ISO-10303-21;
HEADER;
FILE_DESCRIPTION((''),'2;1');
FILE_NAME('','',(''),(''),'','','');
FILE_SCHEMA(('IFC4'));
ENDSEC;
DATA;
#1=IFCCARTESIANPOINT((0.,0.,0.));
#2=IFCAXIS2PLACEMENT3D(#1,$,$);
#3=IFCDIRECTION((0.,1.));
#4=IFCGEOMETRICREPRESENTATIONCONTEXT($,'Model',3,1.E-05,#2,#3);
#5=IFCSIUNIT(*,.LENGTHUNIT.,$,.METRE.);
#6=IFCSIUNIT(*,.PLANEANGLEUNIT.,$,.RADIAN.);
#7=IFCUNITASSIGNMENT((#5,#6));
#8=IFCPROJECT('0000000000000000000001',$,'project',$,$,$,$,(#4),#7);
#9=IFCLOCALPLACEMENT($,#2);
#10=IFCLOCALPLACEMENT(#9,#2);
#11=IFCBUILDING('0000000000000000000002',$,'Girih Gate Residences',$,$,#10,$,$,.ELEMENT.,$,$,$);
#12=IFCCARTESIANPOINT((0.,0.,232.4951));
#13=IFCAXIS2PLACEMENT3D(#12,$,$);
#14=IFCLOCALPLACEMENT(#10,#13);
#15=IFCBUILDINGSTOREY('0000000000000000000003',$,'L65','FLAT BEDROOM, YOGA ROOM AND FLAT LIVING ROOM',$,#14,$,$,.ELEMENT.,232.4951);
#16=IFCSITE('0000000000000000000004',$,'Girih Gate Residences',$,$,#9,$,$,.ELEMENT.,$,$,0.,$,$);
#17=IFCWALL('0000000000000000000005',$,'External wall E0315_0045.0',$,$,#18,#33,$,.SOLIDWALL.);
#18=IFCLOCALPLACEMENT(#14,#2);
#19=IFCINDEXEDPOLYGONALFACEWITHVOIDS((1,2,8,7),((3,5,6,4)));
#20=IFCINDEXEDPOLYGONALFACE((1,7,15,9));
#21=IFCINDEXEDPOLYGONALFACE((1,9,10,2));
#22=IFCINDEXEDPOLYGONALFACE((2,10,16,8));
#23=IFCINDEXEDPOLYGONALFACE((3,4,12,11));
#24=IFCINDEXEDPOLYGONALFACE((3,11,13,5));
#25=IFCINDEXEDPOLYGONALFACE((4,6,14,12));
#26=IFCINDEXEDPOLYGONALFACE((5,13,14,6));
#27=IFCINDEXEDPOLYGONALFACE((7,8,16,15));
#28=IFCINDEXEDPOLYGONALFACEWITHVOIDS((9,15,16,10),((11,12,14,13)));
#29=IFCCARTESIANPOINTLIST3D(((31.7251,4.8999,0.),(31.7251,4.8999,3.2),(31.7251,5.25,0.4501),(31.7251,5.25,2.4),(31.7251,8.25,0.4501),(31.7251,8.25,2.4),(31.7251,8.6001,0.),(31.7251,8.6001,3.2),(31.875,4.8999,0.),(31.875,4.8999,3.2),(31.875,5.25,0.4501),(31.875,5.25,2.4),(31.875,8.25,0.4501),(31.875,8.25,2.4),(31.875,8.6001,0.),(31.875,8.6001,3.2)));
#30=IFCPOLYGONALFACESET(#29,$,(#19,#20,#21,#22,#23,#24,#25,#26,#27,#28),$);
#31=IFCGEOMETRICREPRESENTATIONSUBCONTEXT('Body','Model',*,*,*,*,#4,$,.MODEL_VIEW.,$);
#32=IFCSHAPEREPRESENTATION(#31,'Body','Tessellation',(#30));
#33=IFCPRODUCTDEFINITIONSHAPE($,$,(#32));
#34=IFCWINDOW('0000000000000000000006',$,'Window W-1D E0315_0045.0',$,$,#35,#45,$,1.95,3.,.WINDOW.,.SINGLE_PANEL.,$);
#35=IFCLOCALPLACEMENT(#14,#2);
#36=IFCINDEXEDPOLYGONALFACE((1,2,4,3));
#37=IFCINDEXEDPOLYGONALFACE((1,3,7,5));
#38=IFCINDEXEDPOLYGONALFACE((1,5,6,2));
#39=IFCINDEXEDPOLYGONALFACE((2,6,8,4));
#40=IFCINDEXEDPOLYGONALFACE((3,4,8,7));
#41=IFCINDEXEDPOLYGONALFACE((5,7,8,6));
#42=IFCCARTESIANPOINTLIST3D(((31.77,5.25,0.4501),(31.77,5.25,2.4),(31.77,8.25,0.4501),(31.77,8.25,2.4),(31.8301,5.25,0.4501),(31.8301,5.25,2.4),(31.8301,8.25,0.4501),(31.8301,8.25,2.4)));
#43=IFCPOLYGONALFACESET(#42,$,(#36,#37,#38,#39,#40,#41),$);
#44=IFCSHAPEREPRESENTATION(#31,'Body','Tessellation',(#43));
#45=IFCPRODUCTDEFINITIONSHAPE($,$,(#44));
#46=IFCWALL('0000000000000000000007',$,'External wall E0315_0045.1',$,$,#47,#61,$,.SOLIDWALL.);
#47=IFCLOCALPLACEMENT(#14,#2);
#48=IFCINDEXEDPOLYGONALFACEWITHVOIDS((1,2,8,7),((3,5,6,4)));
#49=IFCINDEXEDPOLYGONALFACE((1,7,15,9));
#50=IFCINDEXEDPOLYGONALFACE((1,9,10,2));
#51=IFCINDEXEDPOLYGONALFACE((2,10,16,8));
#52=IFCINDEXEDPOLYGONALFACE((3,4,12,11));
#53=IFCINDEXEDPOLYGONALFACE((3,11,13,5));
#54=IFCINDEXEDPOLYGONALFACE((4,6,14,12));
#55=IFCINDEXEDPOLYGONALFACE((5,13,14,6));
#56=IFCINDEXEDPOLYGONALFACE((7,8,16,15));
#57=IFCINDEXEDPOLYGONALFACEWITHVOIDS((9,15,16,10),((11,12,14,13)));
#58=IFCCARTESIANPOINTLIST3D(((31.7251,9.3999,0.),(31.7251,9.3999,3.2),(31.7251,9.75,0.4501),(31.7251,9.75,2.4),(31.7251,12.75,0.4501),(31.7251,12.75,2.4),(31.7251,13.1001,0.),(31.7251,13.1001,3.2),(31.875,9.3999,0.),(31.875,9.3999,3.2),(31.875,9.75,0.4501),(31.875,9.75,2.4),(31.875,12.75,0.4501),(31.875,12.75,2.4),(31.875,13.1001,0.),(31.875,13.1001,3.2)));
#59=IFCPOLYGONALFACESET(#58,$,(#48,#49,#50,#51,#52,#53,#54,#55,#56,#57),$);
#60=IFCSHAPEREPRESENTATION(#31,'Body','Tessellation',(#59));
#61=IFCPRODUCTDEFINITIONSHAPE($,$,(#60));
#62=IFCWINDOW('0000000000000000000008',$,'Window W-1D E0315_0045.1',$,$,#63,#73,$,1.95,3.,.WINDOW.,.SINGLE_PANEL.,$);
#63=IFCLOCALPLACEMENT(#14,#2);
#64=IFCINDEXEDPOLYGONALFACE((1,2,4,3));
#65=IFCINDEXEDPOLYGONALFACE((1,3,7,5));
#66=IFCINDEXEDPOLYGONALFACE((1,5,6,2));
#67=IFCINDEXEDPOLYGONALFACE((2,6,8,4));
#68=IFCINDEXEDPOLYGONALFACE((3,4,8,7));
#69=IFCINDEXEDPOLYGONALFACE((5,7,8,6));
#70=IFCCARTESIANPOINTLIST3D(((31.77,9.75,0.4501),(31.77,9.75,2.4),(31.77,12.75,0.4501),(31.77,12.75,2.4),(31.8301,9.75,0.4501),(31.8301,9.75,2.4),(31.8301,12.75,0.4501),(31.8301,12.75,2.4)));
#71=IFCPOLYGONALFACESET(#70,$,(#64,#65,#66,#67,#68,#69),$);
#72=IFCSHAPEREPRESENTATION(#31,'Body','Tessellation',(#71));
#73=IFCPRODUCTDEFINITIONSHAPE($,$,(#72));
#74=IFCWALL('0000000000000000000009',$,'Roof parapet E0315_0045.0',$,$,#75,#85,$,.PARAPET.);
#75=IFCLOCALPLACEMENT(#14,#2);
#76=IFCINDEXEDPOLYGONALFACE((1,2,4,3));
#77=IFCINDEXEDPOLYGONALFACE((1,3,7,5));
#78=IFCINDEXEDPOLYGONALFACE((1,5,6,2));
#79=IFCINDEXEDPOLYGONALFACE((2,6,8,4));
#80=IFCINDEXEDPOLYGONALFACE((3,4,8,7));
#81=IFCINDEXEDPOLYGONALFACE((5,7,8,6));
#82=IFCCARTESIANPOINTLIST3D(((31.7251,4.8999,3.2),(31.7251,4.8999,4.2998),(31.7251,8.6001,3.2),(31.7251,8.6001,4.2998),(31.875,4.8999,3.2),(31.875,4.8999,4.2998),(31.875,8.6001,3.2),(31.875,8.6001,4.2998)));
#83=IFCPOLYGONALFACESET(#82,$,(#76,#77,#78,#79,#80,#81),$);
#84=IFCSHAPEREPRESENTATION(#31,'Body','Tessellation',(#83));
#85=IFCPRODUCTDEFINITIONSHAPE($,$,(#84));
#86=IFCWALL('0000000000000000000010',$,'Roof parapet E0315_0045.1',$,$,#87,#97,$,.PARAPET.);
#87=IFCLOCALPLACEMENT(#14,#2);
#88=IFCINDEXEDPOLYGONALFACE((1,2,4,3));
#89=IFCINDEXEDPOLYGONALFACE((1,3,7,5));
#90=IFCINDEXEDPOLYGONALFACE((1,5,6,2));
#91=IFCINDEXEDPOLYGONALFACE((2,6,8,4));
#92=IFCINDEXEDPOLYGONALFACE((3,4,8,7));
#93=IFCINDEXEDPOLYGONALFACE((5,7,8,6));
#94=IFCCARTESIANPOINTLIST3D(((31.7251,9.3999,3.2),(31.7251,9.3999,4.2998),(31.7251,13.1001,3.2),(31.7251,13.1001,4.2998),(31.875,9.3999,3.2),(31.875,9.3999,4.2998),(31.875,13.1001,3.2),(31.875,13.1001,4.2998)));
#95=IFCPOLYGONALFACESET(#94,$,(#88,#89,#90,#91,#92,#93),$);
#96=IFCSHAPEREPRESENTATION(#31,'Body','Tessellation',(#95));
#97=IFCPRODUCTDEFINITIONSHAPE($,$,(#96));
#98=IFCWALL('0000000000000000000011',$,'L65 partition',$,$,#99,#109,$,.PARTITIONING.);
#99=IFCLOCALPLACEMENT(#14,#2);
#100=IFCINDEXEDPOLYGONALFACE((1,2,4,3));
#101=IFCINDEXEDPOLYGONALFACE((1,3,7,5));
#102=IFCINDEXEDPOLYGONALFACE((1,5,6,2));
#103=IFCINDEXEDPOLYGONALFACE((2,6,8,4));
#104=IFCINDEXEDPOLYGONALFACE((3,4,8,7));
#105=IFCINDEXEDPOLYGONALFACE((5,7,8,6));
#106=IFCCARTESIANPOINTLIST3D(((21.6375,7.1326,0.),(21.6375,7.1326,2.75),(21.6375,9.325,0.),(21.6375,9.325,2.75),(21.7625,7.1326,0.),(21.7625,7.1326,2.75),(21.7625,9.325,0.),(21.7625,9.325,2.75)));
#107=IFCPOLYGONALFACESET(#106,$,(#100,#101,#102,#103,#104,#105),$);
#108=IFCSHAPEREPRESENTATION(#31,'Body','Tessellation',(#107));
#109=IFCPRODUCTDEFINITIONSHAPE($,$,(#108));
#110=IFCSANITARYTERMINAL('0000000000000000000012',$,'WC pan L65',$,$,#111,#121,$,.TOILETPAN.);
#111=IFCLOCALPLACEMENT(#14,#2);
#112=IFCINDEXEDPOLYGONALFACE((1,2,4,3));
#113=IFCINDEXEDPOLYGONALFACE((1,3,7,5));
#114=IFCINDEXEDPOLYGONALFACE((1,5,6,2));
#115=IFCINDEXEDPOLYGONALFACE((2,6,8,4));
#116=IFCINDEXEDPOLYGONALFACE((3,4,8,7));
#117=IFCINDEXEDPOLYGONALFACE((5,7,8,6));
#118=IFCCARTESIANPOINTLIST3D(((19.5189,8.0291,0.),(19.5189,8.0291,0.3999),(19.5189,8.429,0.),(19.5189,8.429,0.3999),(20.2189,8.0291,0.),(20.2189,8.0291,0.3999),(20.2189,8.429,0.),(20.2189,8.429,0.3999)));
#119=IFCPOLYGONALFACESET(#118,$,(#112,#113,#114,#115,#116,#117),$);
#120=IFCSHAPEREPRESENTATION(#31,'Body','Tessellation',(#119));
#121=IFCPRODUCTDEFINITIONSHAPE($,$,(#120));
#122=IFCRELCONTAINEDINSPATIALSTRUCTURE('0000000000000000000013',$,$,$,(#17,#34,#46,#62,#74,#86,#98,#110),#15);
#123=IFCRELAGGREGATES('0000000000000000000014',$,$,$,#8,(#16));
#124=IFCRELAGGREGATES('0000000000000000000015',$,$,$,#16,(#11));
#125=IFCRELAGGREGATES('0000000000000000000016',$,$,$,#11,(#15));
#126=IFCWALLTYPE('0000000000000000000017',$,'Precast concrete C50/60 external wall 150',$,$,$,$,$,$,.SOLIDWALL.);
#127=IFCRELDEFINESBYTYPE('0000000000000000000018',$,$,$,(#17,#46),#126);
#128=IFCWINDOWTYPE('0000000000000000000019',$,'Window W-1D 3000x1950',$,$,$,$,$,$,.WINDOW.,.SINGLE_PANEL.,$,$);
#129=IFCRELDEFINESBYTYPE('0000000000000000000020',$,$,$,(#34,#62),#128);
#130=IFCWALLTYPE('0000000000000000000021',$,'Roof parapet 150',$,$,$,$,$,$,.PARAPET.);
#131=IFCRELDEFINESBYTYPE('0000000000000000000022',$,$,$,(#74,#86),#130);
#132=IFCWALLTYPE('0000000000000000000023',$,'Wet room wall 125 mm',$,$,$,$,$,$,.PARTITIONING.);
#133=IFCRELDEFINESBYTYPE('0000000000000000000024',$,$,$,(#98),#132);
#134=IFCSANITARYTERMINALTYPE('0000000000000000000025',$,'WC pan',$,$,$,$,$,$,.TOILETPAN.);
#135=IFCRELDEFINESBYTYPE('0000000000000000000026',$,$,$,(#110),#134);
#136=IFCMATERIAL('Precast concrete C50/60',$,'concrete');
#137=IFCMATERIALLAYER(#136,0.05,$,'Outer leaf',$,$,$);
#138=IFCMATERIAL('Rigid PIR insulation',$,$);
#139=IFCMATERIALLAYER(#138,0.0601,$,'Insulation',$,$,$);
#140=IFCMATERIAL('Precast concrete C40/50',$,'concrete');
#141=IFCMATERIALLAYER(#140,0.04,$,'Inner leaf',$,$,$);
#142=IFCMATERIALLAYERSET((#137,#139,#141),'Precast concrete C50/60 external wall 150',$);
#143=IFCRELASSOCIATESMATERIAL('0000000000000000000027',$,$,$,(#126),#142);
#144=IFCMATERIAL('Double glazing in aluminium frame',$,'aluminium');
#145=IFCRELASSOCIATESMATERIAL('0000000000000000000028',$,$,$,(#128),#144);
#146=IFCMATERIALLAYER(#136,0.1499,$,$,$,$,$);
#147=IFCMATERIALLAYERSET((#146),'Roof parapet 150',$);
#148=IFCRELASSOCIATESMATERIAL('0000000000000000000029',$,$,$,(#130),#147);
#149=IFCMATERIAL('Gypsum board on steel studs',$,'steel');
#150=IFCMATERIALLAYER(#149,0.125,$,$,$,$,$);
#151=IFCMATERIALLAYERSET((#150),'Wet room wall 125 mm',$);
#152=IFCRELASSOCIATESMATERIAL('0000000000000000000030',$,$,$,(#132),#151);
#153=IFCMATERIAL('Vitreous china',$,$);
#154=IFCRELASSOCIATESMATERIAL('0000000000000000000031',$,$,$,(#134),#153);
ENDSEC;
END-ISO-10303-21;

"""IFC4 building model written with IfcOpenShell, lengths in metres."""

from ifc_helpers import new_model, si_unit, direction, frame, frame_2d, origin, origin_2d, place, context, subcontext, project, spatial, rectangle, extrude, material, layer, layer_set, type_object, element, fill, save


model = new_model("IFC4")

# Units and contexts
model_context = context("Model", 3, precision=1e-05, world=origin(), true_north=direction((0.0, 1.0)))
body_context = subcontext(model_context, "Body", "Model", "MODEL_VIEW")
ifc_project = project(units=[si_unit("LENGTHUNIT", "METRE"), si_unit("PLANEANGLEUNIT", "RADIAN")], contexts=[model_context])

# Site, building, storey
site_placement = place(None, origin())
site = spatial("IfcSite", under=ifc_project, at=site_placement, Name="Girih Gate Residences", CompositionType="ELEMENT", RefElevation=0.0)
building_placement = place(site_placement, origin())
building = spatial("IfcBuilding", under=site, at=building_placement, Name="Girih Gate Residences", CompositionType="ELEMENT")
storey_placement = place(building_placement, frame((0.0, 0.0, 232.4951)))
storey = spatial("IfcBuildingStorey", under=building, at=storey_placement, Name="L65", Description="FLAT BEDROOM, YOGA ROOM AND FLAT LIVING ROOM", CompositionType="ELEMENT", Elevation=232.4951)

# Shared definitions
ifc_material_1 = material(Name="Gypsum board on steel studs", Category="steel")

# Walls, openings, windows
ifc_material_2 = material(Name="Precast concrete C50/60", Category="concrete")
ifc_layer_1 = layer(ifc_material_2, 0.05, Name="Outer leaf")
ifc_material_3 = material(Name="Rigid PIR insulation")
ifc_layer_2 = layer(ifc_material_3, 0.0601, Name="Insulation")
ifc_material_4 = material(Name="Precast concrete C40/50", Category="concrete")
ifc_layer_3 = layer(ifc_material_4, 0.04, Name="Inner leaf")
ifc_layer_set_1 = layer_set([ifc_layer_1, ifc_layer_2, ifc_layer_3], Name="Precast concrete C50/60 external wall 150")
wall_type_1 = type_object("IfcWallType", Name="Precast concrete C50/60 external wall 150", PredefinedType="SOLIDWALL", material=ifc_layer_set_1)
wall_1_placement = place(storey_placement, frame((31.8, 8.6001, 0.0), z_axis=(0.0, 0.0, 1.0), x_axis=(0.0, -1.0, 0.0)))
wall_1 = element("IfcWall", 1, at=wall_1_placement, inside=storey, type_object=wall_type_1, Name="External wall E0315_0045.0", PredefinedType="SOLIDWALL", context=body_context, shape_type="SweptSolid", body=[
    extrude(rectangle(XDim=3.7002, YDim=0.1499, at=frame_2d((1.8501, 0.0))), origin(), (0.0, 0.0, 1.0), 3.2),
])
opening_1_placement = place(wall_1_placement, frame((0.3501, 0.0, 0.45)))
opening_1 = element("IfcOpeningElement", 2, at=opening_1_placement, cuts=wall_1, PredefinedType="OPENING", context=body_context, shape_type="SweptSolid", body=[
    extrude(rectangle(XDim=3.0, YDim=1.95, at=frame_2d((1.5, 0.9751))), frame((0.0, 0.085, 0.0), z_axis=(0.0, -1.0, 0.0), x_axis=(1.0, 0.0, 0.0)), (0.0, 0.0, 1.0), 0.1699),
])
ifc_material_5 = material(Name="Double glazing in aluminium frame", Category="aluminium")
window_type = type_object("IfcWindowType", Name="Window W-1D 3000x1950", PartitioningType="SINGLE_PANEL", PredefinedType="WINDOW", material=ifc_material_5)
window_1_placement = place(opening_1_placement, origin())
window_1 = element("IfcWindow", 3, at=window_1_placement, inside=storey, type_object=window_type, Name="Window W-1D E0315_0045.0", OverallHeight=1.95, OverallWidth=3.0, PartitioningType="SINGLE_PANEL", PredefinedType="WINDOW", context=body_context, shape_type="SweptSolid", body=[
    extrude(rectangle(XDim=3.0, YDim=1.95, at=frame_2d((1.5, 0.9751))), frame((0.0, 0.03, 0.0), z_axis=(0.0, -1.0, 0.0), x_axis=(1.0, 0.0, 0.0)), (0.0, 0.0, 1.0), 0.0601),
])
fill(opening_1, window_1)
wall_2_placement = place(storey_placement, frame((31.8, 13.1001, 0.0), z_axis=(0.0, 0.0, 1.0), x_axis=(0.0, -1.0, 0.0)))
wall_2 = element("IfcWall", 4, at=wall_2_placement, inside=storey, type_object=wall_type_1, Name="External wall E0315_0045.1", PredefinedType="SOLIDWALL", context=body_context, shape_type="SweptSolid", body=[
    extrude(rectangle(XDim=3.7002, YDim=0.1499, at=frame_2d((1.8501, 0.0))), origin(), (0.0, 0.0, 1.0), 3.2),
])
opening_2_placement = place(wall_2_placement, frame((0.3501, 0.0, 0.45)))
opening_2 = element("IfcOpeningElement", 5, at=opening_2_placement, cuts=wall_2, PredefinedType="OPENING", context=body_context, shape_type="SweptSolid", body=[
    extrude(rectangle(XDim=3.0, YDim=1.95, at=frame_2d((1.5, 0.9751))), frame((0.0, 0.085, 0.0), z_axis=(0.0, -1.0, 0.0), x_axis=(1.0, 0.0, 0.0)), (0.0, 0.0, 1.0), 0.1699),
])
window_2_placement = place(opening_2_placement, origin())
window_2 = element("IfcWindow", 6, at=window_2_placement, inside=storey, type_object=window_type, Name="Window W-1D E0315_0045.1", OverallHeight=1.95, OverallWidth=3.0, PartitioningType="SINGLE_PANEL", PredefinedType="WINDOW", context=body_context, shape_type="SweptSolid", body=[
    extrude(rectangle(XDim=3.0, YDim=1.95, at=frame_2d((1.5, 0.9751))), frame((0.0, 0.03, 0.0), z_axis=(0.0, -1.0, 0.0), x_axis=(1.0, 0.0, 0.0)), (0.0, 0.0, 1.0), 0.0601),
])
fill(opening_2, window_2)

# Walls
ifc_layer_4 = layer(ifc_material_2, 0.1499)
ifc_layer_set_2 = layer_set([ifc_layer_4], Name="Roof parapet 150")
wall_type_2 = type_object("IfcWallType", Name="Roof parapet 150", PredefinedType="PARAPET", material=ifc_layer_set_2)
for number, where, z_axis, x_axis, name in (
    (7, (31.8, 8.6001, 3.2), (0.0, 0.0, 1.0), (0.0, -1.0, 0.0), "Roof parapet E0315_0045.0"),
    (8, (31.8, 13.1001, 3.2), (0.0, 0.0, 1.0), (0.0, -1.0, 0.0), "Roof parapet E0315_0045.1"),
):
    element("IfcWall", number, at=place(storey_placement, frame(where, z_axis=z_axis, x_axis=x_axis)), inside=storey, type_object=wall_type_2, Name=name, PredefinedType="PARAPET", context=body_context, shape_type="SweptSolid", body=[
        extrude(rectangle(XDim=3.7002, YDim=0.1499, at=frame_2d((1.8501, 0.0))), origin(), (0.0, 0.0, 1.0), 1.0999),
    ])
ifc_layer_5 = layer(ifc_material_1, 0.125)
ifc_layer_set_3 = layer_set([ifc_layer_5], Name="Wet room wall 125 mm")
wall_type_3 = type_object("IfcWallType", Name="Wet room wall 125 mm", PredefinedType="PARTITIONING", material=ifc_layer_set_3)
wall_3_placement = place(storey_placement, frame((21.7, 7.1326, 0.0), z_axis=(0.0, 0.0, 1.0), x_axis=(0.0, 1.0, 0.0)))
element("IfcWall", 9, at=wall_3_placement, inside=storey, type_object=wall_type_3, Name="L65 partition", PredefinedType="PARTITIONING", context=body_context, shape_type="SweptSolid", body=[
    extrude(rectangle(XDim=2.1924, YDim=0.125, at=frame_2d((1.0962, 0.0))), origin(), (0.0, 0.0, 1.0), 2.75),
])

# Sanitary terminal
ifc_material_6 = material(Name="Vitreous china")
sanitary_terminal_type = type_object("IfcSanitaryTerminalType", Name="WC pan", PredefinedType="TOILETPAN", material=ifc_material_6)
sanitary_terminal_placement = place(storey_placement, frame((19.8689, 8.229, 0.0), z_axis=(0.0, 0.0, 1.0), x_axis=(1.0, 0.0, 0.0)))
element("IfcSanitaryTerminal", 10, at=sanitary_terminal_placement, inside=storey, type_object=sanitary_terminal_type, Name="WC pan L65", PredefinedType="TOILETPAN", context=body_context, shape_type="SweptSolid", body=[
    extrude(rectangle(XDim=0.7, YDim=0.3999, at=origin_2d()), origin(), (0.0, 0.0, 1.0), 0.3999),
])

save(model, "model.ifc")
